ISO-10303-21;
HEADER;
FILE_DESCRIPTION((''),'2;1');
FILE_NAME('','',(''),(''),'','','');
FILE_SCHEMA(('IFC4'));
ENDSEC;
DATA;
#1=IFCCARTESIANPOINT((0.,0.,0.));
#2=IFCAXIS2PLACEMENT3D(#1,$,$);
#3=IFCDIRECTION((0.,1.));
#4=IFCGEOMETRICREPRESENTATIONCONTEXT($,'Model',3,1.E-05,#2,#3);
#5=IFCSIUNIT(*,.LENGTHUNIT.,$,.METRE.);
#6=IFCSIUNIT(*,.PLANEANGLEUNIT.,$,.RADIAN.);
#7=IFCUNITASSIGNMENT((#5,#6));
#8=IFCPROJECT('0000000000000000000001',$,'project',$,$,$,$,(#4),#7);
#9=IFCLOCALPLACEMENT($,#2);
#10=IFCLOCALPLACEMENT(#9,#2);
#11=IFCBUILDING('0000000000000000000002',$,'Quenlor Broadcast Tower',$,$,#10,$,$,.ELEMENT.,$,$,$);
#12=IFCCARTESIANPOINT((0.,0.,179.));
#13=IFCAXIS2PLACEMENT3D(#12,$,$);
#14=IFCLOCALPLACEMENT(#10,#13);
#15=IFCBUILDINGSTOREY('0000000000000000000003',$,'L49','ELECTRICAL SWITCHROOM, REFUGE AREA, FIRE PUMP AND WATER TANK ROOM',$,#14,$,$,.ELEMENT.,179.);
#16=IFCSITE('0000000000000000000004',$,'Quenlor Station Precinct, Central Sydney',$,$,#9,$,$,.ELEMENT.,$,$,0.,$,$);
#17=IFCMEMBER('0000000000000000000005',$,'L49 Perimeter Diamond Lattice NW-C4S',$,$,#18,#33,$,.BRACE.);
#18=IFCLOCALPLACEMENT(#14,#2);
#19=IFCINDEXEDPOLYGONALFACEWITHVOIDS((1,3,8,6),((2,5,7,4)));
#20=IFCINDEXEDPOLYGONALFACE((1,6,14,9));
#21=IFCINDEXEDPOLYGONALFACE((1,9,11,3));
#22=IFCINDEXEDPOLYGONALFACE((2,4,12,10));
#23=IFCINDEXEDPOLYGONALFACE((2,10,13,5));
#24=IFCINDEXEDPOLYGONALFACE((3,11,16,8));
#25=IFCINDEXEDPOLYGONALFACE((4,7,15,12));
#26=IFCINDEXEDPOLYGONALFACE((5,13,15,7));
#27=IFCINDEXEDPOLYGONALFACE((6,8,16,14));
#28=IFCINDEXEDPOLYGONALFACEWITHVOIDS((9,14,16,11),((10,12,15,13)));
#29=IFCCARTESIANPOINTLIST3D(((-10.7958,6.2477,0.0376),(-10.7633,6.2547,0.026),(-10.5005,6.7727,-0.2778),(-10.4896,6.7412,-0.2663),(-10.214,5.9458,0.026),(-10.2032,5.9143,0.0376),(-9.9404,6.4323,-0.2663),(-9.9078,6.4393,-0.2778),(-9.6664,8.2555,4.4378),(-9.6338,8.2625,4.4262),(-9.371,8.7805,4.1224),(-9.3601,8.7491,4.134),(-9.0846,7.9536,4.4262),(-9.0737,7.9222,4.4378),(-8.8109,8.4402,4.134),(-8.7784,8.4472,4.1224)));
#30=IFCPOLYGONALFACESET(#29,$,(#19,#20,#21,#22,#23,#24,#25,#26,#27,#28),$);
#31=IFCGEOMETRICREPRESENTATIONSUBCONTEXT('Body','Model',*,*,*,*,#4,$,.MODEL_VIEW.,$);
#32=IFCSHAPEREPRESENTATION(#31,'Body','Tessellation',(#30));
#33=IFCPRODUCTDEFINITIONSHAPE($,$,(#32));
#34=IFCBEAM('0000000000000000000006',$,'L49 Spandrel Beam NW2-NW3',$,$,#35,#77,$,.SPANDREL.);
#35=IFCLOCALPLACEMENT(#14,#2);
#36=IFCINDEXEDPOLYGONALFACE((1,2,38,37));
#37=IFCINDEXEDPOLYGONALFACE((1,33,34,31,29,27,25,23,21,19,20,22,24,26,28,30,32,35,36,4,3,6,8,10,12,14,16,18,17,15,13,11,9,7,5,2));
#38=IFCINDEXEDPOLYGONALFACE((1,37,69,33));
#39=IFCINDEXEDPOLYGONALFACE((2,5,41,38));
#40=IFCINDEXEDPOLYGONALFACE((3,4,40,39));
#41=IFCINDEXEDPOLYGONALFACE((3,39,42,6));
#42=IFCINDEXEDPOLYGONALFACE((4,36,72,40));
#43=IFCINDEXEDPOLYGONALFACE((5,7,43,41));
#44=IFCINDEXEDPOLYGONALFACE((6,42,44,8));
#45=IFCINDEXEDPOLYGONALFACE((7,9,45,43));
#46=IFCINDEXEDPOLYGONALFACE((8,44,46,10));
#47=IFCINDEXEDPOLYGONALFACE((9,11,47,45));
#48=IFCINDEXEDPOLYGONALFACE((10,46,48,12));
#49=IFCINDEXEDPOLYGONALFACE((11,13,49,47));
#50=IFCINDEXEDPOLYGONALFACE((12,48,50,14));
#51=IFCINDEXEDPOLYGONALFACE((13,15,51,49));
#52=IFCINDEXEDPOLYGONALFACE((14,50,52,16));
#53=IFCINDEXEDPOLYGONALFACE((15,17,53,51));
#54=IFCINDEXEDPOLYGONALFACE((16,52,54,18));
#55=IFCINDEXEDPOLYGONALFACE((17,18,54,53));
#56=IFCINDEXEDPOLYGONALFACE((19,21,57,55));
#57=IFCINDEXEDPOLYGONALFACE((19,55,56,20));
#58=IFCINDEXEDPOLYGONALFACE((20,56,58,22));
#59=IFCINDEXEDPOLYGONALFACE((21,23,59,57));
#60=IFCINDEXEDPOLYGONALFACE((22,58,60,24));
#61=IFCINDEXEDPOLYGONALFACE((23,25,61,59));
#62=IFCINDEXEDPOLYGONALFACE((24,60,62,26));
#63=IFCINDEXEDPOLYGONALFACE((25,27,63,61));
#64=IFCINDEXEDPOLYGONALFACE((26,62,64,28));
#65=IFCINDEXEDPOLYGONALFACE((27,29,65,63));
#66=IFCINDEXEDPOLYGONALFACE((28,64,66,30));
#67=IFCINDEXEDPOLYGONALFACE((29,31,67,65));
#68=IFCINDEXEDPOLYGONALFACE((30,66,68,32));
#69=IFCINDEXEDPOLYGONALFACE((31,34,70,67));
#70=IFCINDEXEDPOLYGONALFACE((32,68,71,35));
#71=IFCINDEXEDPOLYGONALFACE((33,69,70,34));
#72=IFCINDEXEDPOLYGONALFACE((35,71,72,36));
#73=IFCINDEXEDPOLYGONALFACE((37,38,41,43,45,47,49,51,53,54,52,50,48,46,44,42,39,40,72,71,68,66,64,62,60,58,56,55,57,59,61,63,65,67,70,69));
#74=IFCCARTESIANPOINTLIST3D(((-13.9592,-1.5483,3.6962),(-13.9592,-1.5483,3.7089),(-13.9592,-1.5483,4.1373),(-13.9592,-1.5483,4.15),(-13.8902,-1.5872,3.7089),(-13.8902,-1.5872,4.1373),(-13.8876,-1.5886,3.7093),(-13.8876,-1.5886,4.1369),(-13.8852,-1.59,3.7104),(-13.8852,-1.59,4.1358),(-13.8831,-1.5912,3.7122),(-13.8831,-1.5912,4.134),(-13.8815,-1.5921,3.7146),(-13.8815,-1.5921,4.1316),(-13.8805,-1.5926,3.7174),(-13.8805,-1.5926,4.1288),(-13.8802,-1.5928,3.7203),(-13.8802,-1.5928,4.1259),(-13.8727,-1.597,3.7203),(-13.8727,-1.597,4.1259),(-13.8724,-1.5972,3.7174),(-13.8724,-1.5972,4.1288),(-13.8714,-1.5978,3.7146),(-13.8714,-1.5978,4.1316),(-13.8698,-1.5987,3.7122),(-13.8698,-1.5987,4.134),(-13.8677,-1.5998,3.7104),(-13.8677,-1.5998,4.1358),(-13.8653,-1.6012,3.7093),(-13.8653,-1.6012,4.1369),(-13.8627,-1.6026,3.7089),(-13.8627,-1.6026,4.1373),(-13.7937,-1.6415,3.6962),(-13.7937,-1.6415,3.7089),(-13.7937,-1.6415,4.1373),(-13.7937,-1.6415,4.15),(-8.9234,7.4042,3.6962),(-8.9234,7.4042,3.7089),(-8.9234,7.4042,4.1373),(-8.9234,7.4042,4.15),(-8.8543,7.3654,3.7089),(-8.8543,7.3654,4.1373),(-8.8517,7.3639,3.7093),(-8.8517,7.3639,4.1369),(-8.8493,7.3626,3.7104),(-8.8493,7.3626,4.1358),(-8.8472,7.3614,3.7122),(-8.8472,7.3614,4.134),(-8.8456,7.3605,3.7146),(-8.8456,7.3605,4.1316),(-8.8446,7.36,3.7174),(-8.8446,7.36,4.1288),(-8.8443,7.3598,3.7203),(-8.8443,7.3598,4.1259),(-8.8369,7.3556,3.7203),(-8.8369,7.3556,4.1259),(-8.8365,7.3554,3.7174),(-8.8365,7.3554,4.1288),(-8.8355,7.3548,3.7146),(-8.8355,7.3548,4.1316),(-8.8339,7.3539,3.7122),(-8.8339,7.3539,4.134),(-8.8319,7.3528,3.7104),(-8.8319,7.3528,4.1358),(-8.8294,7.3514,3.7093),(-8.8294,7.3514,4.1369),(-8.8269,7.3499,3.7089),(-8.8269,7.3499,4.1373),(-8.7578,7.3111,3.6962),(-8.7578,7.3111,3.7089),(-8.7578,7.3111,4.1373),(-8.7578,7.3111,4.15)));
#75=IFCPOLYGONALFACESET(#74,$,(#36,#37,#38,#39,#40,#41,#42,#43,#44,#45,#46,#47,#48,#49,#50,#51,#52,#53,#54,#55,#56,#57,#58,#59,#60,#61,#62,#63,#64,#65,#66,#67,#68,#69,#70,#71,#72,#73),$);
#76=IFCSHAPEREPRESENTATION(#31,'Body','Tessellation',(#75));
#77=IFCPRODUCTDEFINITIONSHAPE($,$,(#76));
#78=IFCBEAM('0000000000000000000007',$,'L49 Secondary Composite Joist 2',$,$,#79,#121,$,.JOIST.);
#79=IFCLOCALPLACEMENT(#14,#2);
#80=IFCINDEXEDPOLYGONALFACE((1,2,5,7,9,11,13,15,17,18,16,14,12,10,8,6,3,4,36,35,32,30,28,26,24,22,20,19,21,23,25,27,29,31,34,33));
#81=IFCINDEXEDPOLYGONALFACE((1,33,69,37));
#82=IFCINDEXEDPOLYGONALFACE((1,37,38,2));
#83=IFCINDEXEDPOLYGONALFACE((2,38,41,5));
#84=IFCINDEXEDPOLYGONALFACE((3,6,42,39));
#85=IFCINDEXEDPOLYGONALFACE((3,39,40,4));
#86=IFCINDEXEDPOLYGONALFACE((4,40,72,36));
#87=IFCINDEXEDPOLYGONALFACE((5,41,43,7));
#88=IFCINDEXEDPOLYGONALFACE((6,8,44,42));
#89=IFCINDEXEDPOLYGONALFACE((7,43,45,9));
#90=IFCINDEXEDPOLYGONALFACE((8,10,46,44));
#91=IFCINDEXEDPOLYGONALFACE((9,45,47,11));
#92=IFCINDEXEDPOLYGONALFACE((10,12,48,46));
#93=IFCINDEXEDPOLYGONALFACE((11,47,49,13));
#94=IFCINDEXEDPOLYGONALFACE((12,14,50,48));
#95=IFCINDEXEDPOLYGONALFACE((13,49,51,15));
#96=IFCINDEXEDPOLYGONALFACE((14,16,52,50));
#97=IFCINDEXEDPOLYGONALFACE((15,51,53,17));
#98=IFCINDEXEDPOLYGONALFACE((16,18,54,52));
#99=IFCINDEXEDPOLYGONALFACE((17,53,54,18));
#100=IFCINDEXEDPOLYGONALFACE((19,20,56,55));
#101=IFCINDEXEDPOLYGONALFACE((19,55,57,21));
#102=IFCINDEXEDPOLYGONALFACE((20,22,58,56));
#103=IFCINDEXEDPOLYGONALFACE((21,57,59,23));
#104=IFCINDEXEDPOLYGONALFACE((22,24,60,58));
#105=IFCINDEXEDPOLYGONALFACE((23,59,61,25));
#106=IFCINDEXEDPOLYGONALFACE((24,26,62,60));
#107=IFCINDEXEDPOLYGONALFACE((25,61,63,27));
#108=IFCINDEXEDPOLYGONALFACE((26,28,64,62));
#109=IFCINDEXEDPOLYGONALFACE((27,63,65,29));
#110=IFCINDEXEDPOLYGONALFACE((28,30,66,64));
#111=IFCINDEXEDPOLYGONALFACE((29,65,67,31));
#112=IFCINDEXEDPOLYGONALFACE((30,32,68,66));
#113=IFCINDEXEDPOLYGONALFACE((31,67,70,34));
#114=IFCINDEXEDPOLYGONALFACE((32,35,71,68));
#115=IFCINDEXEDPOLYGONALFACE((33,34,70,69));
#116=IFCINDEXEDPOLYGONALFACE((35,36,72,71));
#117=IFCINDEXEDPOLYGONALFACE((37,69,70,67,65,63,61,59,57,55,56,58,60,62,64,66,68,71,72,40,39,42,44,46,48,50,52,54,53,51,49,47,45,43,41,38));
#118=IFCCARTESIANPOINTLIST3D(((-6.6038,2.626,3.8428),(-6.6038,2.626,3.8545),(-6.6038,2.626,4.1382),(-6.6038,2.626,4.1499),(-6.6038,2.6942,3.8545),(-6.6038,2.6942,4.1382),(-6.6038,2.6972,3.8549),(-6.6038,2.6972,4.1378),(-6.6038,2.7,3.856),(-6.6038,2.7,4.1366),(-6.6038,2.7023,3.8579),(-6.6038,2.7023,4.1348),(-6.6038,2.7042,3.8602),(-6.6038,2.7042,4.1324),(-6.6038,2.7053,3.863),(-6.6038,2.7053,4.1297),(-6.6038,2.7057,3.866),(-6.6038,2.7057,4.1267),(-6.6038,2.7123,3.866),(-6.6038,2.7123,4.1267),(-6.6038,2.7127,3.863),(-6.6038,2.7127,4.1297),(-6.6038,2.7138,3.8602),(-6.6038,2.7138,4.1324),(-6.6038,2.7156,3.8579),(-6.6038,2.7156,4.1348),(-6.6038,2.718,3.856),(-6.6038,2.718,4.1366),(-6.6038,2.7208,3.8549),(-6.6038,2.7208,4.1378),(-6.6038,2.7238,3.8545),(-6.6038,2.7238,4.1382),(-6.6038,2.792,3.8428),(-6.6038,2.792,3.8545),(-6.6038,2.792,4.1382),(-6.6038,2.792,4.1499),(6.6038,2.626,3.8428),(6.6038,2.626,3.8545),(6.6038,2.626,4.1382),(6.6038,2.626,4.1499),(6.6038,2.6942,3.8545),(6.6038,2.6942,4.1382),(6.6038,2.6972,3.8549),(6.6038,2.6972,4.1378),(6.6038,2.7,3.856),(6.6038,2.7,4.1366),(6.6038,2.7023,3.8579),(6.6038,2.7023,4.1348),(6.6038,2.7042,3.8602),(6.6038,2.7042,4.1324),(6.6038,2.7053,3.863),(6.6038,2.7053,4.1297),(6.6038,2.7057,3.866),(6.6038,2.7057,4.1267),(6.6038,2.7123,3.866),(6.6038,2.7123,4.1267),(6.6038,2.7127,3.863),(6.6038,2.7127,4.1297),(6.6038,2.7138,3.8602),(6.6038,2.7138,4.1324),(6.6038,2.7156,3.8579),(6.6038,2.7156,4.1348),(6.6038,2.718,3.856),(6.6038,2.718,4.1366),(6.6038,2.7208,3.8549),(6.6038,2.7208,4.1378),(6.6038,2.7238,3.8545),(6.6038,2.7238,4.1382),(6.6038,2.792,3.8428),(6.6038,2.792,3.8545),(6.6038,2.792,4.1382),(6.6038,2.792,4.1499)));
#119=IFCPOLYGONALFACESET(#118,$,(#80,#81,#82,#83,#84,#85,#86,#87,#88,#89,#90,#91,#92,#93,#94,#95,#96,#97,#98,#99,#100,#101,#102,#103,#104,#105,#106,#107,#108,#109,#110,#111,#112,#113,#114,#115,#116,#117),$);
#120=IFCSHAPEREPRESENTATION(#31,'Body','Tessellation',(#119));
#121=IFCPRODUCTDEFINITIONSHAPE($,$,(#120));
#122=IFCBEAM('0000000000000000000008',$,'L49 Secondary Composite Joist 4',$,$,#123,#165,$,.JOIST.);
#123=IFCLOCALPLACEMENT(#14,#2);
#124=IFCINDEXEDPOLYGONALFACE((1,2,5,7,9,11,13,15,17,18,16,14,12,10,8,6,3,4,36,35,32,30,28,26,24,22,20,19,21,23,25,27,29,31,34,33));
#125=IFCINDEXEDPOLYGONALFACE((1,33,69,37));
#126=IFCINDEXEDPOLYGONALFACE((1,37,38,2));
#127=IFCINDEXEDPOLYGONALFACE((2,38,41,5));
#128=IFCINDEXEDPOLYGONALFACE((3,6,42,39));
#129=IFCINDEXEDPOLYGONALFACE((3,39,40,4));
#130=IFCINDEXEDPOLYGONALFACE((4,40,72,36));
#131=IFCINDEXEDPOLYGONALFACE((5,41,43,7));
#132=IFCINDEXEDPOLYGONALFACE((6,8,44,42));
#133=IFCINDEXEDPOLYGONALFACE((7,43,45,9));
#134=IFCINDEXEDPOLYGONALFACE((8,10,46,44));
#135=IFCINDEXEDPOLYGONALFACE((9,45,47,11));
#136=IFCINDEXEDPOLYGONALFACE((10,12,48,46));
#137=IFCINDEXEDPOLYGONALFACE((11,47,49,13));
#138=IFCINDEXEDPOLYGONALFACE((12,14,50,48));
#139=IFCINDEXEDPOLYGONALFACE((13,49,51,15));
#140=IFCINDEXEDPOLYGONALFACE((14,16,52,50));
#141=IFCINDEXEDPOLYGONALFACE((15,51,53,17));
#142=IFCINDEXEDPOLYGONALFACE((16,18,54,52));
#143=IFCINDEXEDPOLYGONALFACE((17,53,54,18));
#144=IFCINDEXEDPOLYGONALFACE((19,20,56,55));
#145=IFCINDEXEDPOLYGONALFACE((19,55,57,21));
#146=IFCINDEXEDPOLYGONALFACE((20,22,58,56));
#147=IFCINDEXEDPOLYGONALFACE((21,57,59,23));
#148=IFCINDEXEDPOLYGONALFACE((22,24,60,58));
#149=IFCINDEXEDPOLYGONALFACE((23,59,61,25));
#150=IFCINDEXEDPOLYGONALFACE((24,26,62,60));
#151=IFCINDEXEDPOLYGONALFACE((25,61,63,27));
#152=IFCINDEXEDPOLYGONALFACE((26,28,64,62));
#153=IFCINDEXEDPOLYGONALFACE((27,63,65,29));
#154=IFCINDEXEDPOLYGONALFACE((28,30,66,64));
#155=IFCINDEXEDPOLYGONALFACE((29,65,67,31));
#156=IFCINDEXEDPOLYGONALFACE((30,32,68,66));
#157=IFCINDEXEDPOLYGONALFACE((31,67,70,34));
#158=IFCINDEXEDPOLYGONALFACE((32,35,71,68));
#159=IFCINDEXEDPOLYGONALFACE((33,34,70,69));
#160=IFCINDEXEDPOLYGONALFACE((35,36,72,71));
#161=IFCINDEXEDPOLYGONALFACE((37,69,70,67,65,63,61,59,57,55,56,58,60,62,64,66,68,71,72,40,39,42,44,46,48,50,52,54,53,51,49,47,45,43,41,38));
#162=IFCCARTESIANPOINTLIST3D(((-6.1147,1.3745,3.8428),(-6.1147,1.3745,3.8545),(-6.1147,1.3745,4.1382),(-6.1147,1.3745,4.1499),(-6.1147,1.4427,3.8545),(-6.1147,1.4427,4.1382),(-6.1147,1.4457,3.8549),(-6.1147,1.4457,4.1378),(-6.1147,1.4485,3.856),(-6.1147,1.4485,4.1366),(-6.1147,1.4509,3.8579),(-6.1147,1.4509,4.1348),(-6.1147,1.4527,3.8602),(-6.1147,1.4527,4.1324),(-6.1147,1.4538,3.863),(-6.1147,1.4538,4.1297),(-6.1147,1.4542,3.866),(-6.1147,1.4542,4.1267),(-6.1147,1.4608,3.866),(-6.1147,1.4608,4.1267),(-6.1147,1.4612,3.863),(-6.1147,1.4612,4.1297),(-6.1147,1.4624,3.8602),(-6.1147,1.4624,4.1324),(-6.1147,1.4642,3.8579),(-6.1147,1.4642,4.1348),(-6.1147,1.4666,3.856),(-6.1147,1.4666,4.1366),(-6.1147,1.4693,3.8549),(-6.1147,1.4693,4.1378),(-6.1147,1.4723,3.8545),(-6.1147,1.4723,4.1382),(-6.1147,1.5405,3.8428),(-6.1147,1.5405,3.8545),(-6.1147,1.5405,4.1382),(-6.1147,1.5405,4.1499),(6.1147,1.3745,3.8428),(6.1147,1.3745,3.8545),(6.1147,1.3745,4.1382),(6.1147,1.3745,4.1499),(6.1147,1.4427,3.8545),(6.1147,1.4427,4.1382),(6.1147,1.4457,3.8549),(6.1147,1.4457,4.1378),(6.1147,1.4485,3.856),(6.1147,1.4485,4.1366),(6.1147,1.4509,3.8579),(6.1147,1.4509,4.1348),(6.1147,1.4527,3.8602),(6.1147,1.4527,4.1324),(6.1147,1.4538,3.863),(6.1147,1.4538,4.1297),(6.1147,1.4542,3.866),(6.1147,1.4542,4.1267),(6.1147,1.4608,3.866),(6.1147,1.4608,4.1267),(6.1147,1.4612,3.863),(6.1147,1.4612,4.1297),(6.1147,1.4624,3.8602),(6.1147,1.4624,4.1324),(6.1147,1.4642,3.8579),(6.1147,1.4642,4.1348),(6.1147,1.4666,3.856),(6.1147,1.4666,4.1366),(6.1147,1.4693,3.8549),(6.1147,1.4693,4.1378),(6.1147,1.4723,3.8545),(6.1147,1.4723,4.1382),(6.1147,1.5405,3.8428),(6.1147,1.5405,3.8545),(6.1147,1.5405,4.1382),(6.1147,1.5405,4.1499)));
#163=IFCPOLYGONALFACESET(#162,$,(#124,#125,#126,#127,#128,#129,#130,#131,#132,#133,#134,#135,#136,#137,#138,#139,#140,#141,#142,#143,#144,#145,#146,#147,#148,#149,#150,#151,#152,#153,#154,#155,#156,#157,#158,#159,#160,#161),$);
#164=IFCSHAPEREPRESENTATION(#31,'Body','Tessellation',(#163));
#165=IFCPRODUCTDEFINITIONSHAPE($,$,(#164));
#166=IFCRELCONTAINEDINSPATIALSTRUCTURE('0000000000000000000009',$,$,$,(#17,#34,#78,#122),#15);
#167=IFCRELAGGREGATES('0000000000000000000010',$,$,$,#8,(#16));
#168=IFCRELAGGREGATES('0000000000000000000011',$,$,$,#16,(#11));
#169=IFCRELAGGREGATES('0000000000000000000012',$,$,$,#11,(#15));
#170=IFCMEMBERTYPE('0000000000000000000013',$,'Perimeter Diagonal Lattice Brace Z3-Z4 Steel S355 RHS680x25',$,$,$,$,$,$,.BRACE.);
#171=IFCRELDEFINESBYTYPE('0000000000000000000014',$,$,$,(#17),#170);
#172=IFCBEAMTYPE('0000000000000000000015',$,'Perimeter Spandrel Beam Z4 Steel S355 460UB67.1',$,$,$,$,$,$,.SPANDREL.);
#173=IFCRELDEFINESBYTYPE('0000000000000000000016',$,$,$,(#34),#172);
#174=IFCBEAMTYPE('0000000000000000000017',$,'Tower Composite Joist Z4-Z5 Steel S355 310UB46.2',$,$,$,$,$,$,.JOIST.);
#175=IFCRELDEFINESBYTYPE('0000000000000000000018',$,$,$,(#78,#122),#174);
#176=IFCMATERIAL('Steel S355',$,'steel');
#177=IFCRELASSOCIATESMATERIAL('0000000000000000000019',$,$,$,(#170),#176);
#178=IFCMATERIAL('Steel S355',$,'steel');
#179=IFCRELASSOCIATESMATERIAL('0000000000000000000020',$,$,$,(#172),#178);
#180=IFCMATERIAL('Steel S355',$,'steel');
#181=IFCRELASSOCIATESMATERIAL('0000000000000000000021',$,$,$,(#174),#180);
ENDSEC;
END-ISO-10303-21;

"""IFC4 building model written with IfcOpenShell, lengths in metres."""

from ifc_helpers import new_model, si_unit, direction, frame, origin, origin_2d, place, context, subcontext, project, spatial, hollow_rectangle, i_section, extrude, material, material_profile, profile_set, type_object, element, save


model = new_model("IFC4")

# Units and contexts
model_context = context("Model", 3, precision=1e-05, world=origin(), true_north=direction((0.0, 1.0)))
body_context = subcontext(model_context, "Body", "Model", "MODEL_VIEW")
ifc_project = project(units=[si_unit("LENGTHUNIT", "METRE"), si_unit("PLANEANGLEUNIT", "RADIAN")], contexts=[model_context])

# Site, building, storey
site_placement = place(None, origin())
site = spatial("IfcSite", under=ifc_project, at=site_placement, Name="Quenlor Station Precinct, Central Sydney", CompositionType="ELEMENT", RefElevation=0.0)
building_placement = place(site_placement, origin())
building = spatial("IfcBuilding", under=site, at=building_placement, Name="Quenlor Broadcast Tower", CompositionType="ELEMENT")
storey_placement = place(building_placement, frame((0.0, 0.0, 179.0)))
storey = spatial("IfcBuildingStorey", under=building, at=storey_placement, Name="L49", Description="ELECTRICAL SWITCHROOM, REFUGE AREA, FIRE PUMP AND WATER TANK ROOM", CompositionType="ELEMENT", Elevation=179.0)

# Member
ifc_material_1 = material(Name="Steel S355", Category="steel")
ifc_material_profile_1 = material_profile(ifc_material_1, hollow_rectangle(XDim=0.6799, YDim=0.6799, WallThickness=0.0249, at=origin_2d()))
ifc_profile_set_1 = profile_set([ifc_material_profile_1], Name="Steel S355 RHS680x680x25")
member_type_1 = type_object("IfcMemberType", Name="Perimeter Diagonal Lattice Brace Z3-Z4 Steel S355 RHS680x25", PredefinedType="BRACE", material=ifc_profile_set_1)
member_1_placement = place(storey_placement, frame((-10.3518, 6.3435, -0.1201), z_axis=(0.227393, 0.404255, 0.885929), x_axis=(-0.871576, 0.490261, 0.0)))
element("IfcMember", 1, at=member_1_placement, inside=storey, type_object=member_type_1, Name="L49 Perimeter Diamond Lattice NW-C4S", PredefinedType="BRACE", context=body_context, shape_type="SweptSolid", body=[
    extrude(hollow_rectangle(XDim=0.6799, YDim=0.6799, WallThickness=0.0249, at=origin_2d()), origin(), (0.0, 0.0, 1.0), 4.9668),
])

# Beams
ifc_material_2 = material(Name="Steel S355", Category="steel")
ifc_material_profile_2 = material_profile(ifc_material_2, i_section(OverallWidth=0.1899, OverallDepth=0.4539, WebThickness=0.0085, FlangeThickness=0.0127, FilletRadius=0.0115, at=origin_2d()))
ifc_profile_set_2 = profile_set([ifc_material_profile_2], Name="Steel S355 460UB67.1")
beam_type_1 = type_object("IfcBeamType", Name="Perimeter Spandrel Beam Z4 Steel S355 460UB67.1", PredefinedType="SPANDREL", material=ifc_profile_set_2)
beam_1_placement = place(storey_placement, frame((-8.8406, 7.3577, 3.9231), z_axis=(-0.490263, -0.871574, 0.0), x_axis=(0.871574, -0.490263, 0.0)))
element("IfcBeam", 2, at=beam_1_placement, inside=storey, type_object=beam_type_1, Name="L49 Spandrel Beam NW2-NW3", PredefinedType="SPANDREL", context=body_context, shape_type="SweptSolid", body=[
    extrude(i_section(OverallWidth=0.1899, OverallDepth=0.4539, WebThickness=0.0085, FlangeThickness=0.0127, FilletRadius=0.0115, at=origin_2d()), origin(), (0.0, 0.0, 1.0), 10.2717),
])
ifc_material_3 = material(Name="Steel S355", Category="steel")
ifc_material_profile_3 = material_profile(ifc_material_3, i_section(OverallWidth=0.166, OverallDepth=0.3071, WebThickness=0.0066, FlangeThickness=0.0117, FilletRadius=0.0115, at=origin_2d()))
ifc_profile_set_3 = profile_set([ifc_material_profile_3], Name="Steel S355 310UB46.2")
beam_type_2 = type_object("IfcBeamType", Name="Tower Composite Joist Z4-Z5 Steel S355 310UB46.2", PredefinedType="JOIST", material=ifc_profile_set_3)
beam_2_placement = place(storey_placement, frame((-6.6038, 2.709, 3.9963), z_axis=(1.0, 0.0, 0.0), x_axis=(0.0, 1.0, 0.0)))
element("IfcBeam", 3, at=beam_2_placement, inside=storey, type_object=beam_type_2, Name="L49 Secondary Composite Joist 2", PredefinedType="JOIST", context=body_context, shape_type="SweptSolid", body=[
    extrude(i_section(OverallWidth=0.166, OverallDepth=0.3071, WebThickness=0.0066, FlangeThickness=0.0117, FilletRadius=0.0115, at=origin_2d()), origin(), (0.0, 0.0, 1.0), 13.2075),
])
beam_3_placement = place(storey_placement, frame((-6.1147, 1.4575, 3.9963), z_axis=(1.0, 0.0, 0.0), x_axis=(0.0, 1.0, 0.0)))
element("IfcBeam", 4, at=beam_3_placement, inside=storey, type_object=beam_type_2, Name="L49 Secondary Composite Joist 4", PredefinedType="JOIST", context=body_context, shape_type="SweptSolid", body=[
    extrude(i_section(OverallWidth=0.166, OverallDepth=0.3071, WebThickness=0.0066, FlangeThickness=0.0117, FilletRadius=0.0115, at=origin_2d()), origin(), (0.0, 0.0, 1.0), 12.2295),
])

save(model, "model.ifc")
